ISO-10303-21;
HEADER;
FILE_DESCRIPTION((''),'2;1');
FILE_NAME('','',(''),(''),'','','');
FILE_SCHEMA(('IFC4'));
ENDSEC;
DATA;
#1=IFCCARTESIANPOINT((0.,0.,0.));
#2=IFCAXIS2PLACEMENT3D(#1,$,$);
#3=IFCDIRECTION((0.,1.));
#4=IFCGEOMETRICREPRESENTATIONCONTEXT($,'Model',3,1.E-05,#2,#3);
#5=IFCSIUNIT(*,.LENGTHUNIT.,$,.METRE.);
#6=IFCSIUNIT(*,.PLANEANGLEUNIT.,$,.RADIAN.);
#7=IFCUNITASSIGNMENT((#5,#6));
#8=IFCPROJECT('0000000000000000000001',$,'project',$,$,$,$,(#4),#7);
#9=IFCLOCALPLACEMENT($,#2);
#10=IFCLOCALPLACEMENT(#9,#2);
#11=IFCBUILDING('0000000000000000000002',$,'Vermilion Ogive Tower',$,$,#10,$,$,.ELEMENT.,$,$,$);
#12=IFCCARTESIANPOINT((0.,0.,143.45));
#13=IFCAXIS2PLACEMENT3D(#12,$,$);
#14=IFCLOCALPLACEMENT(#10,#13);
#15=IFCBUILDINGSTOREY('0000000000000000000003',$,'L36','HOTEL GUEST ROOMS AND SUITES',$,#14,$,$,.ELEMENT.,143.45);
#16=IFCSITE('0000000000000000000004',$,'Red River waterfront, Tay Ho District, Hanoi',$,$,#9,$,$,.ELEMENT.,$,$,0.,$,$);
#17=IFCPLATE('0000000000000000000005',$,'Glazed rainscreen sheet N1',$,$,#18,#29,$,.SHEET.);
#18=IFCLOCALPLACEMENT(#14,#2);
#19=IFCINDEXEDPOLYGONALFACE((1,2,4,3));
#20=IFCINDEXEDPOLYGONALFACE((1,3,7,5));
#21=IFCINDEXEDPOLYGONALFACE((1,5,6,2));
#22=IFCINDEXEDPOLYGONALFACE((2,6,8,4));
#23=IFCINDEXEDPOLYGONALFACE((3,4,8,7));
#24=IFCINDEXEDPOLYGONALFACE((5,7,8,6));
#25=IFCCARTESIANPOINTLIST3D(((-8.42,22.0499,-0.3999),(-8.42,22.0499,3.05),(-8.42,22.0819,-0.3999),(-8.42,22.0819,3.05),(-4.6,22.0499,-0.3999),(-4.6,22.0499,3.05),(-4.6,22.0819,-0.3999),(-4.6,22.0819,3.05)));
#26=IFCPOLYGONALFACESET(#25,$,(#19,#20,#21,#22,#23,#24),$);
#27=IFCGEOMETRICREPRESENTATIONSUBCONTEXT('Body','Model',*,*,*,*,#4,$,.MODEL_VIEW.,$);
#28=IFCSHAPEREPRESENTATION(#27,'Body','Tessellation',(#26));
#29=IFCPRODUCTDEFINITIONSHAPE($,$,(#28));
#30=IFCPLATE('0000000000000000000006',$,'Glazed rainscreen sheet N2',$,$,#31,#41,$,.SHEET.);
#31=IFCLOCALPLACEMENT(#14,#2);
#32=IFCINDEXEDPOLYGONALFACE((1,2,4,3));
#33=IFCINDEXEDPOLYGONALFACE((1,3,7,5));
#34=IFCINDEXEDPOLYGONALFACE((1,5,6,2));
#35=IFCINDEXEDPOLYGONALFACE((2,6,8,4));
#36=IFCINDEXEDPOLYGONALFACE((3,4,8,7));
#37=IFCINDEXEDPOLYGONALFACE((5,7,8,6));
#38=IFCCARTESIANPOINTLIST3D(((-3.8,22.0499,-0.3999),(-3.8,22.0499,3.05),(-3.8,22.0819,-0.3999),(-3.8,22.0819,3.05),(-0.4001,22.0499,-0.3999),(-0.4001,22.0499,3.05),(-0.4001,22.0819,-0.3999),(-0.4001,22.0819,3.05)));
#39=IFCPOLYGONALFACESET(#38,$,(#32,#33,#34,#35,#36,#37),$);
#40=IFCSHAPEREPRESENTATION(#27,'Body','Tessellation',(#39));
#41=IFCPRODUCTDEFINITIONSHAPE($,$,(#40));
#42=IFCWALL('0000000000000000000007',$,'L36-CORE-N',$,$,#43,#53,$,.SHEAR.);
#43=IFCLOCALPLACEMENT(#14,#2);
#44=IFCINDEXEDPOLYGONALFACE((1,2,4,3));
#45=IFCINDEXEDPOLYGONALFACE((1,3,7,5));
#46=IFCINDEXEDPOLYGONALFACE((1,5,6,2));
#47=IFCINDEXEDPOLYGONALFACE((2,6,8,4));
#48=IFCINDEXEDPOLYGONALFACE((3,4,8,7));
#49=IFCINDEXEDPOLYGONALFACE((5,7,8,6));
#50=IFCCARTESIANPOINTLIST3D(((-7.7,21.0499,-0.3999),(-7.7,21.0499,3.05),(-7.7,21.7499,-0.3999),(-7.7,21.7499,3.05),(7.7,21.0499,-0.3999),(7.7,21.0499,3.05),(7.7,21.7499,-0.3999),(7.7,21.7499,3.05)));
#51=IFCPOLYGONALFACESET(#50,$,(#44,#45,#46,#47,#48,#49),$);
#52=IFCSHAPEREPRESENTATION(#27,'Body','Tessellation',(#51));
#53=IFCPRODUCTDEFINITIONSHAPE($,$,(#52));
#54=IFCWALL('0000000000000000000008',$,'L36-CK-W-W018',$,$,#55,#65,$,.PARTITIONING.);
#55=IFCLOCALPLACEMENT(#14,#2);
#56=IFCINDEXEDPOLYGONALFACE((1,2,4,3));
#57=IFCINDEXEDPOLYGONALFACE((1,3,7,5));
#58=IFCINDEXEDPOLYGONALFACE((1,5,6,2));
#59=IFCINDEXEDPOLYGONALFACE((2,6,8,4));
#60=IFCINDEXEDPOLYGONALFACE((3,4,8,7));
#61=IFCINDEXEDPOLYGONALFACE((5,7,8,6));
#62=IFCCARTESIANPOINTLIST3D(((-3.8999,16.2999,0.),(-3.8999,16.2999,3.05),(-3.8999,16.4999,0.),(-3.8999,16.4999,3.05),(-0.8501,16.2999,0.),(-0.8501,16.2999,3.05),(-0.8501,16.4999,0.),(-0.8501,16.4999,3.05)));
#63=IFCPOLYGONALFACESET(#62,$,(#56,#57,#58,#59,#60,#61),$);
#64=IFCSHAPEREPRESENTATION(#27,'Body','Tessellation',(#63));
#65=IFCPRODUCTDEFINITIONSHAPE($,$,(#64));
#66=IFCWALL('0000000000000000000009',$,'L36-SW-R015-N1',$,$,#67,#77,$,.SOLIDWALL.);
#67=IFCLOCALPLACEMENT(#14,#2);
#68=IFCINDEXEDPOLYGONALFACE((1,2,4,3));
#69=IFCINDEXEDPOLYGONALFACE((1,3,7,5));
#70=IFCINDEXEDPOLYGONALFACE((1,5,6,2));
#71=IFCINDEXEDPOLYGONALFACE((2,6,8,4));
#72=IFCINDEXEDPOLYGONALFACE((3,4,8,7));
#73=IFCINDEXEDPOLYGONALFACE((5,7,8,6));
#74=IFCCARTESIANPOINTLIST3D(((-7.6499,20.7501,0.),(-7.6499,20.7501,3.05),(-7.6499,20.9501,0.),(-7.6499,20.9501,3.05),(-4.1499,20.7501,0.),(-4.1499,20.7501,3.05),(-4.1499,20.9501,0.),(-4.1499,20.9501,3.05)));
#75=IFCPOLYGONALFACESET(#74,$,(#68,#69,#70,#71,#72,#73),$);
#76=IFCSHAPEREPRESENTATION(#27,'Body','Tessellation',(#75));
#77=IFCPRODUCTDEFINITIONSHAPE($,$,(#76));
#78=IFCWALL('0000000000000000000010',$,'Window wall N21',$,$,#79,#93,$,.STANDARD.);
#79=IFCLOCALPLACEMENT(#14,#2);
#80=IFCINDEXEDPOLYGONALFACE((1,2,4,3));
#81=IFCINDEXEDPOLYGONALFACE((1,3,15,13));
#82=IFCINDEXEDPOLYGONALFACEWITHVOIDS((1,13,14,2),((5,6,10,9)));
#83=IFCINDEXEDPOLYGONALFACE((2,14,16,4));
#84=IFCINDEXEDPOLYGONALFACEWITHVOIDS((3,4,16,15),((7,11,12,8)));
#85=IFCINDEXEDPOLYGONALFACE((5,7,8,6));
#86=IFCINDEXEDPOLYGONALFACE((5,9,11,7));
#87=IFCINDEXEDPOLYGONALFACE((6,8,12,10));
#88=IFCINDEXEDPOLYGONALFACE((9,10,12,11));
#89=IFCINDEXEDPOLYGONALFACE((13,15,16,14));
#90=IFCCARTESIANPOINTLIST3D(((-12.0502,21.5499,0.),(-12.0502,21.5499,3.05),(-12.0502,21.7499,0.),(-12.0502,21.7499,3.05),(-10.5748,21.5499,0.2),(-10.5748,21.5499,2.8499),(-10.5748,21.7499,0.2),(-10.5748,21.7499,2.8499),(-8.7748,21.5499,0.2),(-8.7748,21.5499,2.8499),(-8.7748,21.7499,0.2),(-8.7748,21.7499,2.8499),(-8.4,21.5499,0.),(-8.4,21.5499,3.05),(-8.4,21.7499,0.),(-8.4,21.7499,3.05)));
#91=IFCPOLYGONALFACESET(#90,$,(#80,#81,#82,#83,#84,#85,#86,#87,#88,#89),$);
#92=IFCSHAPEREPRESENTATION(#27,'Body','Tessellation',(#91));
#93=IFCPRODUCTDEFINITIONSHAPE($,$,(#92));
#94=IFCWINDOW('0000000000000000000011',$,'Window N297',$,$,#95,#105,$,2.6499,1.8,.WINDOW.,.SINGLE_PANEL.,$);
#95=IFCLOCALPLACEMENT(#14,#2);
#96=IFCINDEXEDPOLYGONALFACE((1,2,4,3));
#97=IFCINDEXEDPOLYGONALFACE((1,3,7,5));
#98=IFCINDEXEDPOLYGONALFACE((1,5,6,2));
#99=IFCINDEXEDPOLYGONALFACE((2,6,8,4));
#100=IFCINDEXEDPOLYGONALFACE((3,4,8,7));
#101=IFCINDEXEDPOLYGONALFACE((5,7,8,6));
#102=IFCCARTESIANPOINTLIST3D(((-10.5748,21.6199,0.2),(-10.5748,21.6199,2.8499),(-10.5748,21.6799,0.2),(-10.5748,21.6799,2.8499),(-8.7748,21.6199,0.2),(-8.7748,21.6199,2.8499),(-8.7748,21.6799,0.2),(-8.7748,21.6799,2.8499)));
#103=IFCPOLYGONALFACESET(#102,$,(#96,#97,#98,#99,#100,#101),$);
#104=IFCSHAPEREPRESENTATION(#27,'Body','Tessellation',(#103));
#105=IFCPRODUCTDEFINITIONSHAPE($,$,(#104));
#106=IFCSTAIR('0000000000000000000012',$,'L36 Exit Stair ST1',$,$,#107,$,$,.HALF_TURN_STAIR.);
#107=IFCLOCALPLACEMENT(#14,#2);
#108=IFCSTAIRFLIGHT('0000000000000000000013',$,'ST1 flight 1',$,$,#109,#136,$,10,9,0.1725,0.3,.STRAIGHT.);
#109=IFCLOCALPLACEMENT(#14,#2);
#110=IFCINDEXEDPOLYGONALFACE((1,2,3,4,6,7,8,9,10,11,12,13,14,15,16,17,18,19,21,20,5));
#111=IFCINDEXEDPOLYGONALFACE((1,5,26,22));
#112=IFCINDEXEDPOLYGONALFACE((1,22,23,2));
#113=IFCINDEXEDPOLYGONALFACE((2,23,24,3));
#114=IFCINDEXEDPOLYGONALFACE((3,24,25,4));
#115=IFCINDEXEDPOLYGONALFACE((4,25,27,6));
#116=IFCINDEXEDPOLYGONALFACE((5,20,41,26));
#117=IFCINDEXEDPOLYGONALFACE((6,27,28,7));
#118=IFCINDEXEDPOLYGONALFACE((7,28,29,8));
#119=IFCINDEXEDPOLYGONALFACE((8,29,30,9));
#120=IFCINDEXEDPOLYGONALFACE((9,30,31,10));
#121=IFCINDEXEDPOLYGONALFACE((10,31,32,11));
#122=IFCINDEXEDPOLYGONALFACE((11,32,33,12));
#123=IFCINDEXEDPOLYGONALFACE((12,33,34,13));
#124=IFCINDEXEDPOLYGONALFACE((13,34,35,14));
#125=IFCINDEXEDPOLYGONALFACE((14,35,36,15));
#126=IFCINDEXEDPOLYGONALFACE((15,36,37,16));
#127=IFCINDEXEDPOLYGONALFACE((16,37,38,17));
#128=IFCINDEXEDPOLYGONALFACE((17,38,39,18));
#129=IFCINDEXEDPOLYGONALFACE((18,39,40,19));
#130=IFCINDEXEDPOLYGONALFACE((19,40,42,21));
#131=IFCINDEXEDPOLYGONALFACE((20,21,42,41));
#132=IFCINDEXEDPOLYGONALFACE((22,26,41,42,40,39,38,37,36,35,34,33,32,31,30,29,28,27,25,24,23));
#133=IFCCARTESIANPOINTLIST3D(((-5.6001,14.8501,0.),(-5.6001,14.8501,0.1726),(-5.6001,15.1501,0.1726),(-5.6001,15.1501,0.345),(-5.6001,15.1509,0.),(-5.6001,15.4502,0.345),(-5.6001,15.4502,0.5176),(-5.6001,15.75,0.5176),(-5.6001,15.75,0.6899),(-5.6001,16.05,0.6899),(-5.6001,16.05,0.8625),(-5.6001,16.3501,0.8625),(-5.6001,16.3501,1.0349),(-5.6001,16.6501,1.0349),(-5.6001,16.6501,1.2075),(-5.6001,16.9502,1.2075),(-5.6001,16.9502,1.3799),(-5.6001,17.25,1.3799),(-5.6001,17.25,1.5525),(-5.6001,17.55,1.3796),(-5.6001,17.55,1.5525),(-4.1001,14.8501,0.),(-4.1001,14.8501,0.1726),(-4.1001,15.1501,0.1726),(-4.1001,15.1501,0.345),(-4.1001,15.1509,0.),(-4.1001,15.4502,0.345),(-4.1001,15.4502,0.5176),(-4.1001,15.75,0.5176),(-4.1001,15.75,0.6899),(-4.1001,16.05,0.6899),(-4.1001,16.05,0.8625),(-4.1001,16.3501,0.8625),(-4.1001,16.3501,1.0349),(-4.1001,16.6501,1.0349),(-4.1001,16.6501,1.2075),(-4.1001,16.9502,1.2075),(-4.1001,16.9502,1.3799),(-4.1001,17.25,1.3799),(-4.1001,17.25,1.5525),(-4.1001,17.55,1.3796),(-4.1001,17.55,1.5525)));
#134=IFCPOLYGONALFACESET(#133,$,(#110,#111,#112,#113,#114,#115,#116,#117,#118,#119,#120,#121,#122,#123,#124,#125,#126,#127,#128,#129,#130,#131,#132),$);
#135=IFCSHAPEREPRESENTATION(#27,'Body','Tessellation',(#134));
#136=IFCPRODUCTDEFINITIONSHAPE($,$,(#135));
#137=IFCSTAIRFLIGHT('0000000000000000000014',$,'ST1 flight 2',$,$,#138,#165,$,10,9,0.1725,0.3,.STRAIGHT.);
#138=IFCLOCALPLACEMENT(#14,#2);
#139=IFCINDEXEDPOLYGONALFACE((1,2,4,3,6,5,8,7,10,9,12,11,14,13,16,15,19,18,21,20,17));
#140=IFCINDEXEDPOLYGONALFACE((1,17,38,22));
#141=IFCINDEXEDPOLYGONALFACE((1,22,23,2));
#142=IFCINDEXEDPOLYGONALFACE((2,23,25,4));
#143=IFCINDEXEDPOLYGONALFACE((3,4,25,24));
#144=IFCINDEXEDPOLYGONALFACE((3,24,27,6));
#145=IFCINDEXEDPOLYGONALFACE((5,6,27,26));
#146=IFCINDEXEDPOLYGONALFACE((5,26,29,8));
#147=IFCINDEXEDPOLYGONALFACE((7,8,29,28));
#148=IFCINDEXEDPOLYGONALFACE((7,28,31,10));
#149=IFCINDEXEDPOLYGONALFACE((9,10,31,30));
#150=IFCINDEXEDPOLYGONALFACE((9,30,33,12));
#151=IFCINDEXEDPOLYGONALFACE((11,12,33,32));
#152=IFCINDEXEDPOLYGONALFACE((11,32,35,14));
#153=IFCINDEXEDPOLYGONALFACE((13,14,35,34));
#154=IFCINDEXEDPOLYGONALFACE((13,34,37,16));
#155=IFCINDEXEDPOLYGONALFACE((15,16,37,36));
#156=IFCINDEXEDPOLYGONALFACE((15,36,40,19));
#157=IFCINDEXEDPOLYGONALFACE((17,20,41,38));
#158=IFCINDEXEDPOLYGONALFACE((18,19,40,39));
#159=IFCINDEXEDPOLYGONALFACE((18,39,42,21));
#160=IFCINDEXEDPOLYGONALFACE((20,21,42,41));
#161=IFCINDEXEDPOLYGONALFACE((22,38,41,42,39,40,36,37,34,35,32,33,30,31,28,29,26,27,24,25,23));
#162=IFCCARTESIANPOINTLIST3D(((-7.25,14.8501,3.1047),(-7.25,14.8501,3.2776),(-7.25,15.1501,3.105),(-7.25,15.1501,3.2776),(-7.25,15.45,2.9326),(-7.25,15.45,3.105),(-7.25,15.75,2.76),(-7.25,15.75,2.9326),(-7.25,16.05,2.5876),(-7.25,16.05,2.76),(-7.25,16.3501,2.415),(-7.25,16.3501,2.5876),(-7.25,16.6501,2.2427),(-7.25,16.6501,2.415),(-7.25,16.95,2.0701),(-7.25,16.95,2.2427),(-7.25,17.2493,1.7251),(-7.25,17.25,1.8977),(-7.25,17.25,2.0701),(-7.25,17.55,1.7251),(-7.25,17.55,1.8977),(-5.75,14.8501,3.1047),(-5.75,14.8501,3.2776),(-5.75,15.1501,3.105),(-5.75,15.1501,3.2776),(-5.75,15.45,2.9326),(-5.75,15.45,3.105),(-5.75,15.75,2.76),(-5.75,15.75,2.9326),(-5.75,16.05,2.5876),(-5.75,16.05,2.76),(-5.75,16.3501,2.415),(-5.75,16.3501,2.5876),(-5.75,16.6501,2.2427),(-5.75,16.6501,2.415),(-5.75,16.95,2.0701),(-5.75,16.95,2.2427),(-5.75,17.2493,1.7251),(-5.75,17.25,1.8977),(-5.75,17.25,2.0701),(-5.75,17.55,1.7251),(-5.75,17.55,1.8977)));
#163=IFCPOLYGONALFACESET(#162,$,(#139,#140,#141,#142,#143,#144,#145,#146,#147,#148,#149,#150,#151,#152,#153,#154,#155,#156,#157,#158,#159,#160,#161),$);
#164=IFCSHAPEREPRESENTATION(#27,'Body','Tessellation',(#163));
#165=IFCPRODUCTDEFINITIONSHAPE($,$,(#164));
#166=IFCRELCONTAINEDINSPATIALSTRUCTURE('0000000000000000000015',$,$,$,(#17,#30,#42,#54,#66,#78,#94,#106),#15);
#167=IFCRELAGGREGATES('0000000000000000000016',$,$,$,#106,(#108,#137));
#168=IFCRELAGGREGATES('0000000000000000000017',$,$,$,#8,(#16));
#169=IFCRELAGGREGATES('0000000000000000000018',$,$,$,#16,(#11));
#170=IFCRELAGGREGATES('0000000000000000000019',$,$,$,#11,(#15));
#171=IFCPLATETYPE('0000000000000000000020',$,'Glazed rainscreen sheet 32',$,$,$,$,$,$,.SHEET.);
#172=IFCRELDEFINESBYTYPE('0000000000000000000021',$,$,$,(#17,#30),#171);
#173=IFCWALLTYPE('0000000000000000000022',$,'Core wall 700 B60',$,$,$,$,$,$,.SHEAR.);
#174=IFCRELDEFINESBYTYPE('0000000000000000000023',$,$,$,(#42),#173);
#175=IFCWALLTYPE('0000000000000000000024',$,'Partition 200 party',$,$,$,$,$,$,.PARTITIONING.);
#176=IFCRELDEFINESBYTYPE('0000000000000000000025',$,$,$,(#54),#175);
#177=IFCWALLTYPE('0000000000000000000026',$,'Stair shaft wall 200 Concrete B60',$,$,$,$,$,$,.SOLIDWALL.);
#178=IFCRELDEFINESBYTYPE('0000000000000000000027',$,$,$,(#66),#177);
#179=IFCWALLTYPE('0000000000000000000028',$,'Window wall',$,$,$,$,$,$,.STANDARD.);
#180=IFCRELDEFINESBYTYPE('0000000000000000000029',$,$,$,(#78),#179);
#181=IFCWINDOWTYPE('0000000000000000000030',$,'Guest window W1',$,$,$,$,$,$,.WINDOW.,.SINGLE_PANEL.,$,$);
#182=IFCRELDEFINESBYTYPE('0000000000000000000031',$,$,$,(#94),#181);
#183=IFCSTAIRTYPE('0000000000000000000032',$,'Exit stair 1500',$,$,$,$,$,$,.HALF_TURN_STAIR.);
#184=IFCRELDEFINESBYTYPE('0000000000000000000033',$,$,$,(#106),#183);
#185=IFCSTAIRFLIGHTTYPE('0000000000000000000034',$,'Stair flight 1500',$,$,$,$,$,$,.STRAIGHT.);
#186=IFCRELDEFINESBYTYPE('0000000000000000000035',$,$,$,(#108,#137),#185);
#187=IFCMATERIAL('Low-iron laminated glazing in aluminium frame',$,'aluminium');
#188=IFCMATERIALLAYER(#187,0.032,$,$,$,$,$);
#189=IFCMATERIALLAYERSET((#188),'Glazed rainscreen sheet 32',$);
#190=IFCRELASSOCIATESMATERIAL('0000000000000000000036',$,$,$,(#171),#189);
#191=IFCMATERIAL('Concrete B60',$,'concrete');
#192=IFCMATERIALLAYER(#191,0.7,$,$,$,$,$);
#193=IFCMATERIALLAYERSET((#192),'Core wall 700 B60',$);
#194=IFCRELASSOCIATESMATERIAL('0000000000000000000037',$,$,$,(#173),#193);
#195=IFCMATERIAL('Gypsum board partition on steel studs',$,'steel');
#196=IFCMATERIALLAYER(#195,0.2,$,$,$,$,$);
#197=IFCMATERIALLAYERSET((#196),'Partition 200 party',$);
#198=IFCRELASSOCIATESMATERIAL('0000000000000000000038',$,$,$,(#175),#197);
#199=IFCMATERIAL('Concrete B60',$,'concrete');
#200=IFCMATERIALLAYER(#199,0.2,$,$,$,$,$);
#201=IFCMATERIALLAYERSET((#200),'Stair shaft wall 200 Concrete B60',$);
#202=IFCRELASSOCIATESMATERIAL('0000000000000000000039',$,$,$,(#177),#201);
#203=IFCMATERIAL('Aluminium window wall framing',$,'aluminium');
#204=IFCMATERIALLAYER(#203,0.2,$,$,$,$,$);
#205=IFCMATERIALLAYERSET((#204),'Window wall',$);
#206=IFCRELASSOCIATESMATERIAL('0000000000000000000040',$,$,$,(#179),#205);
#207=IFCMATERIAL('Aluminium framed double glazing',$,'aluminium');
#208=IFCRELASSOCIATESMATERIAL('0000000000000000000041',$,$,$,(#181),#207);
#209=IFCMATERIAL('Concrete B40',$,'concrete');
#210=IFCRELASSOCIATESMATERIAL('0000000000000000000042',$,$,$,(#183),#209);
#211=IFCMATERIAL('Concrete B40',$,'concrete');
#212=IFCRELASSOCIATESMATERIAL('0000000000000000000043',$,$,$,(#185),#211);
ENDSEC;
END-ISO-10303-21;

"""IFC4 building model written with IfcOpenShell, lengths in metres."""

from ifc_helpers import new_model, si_unit, direction, frame, frame_2d, origin, origin_2d, place, context, subcontext, project, spatial, polyline, rectangle, outline, extrude, material, layer, layer_set, type_object, element, fill, aggregate, save


model = new_model("IFC4")

# Units and contexts
model_context = context("Model", 3, precision=1e-05, world=origin(), true_north=direction((0.0, 1.0)))
body_context = subcontext(model_context, "Body", "Model", "MODEL_VIEW")
ifc_project = project(units=[si_unit("LENGTHUNIT", "METRE"), si_unit("PLANEANGLEUNIT", "RADIAN")], contexts=[model_context])

# Site, building, storey
site_placement = place(None, origin())
site = spatial("IfcSite", under=ifc_project, at=site_placement, Name="Red River waterfront, Tay Ho District, Hanoi", CompositionType="ELEMENT", RefElevation=0.0)
building_placement = place(site_placement, origin())
building = spatial("IfcBuilding", under=site, at=building_placement, Name="Vermilion Ogive Tower", CompositionType="ELEMENT")
storey_placement = place(building_placement, frame((0.0, 0.0, 143.45)))
storey = spatial("IfcBuildingStorey", under=building, at=storey_placement, Name="L36", Description="HOTEL GUEST ROOMS AND SUITES", CompositionType="ELEMENT", Elevation=143.45)

# Plates
ifc_material_1 = material(Name="Low-iron laminated glazing in aluminium frame", Category="aluminium")
ifc_layer_1 = layer(ifc_material_1, 0.032)
ifc_layer_set_1 = layer_set([ifc_layer_1], Name="Glazed rainscreen sheet 32")
plate_type = type_object("IfcPlateType", Name="Glazed rainscreen sheet 32", PredefinedType="SHEET", material=ifc_layer_set_1)
plate_1_placement = place(storey_placement, frame((-6.51, 22.0659, -0.3999), z_axis=(0.0, 0.0, 1.0), x_axis=(1.0, 0.0, 0.0)))
element("IfcPlate", 1, at=plate_1_placement, inside=storey, type_object=plate_type, Name="Glazed rainscreen sheet N1", PredefinedType="SHEET", context=body_context, shape_type="SweptSolid", body=[
    extrude(rectangle(XDim=3.8201, YDim=0.032, at=origin_2d()), origin(), (0.0, 0.0, 1.0), 3.45),
])
plate_2_placement = place(storey_placement, frame((-2.1001, 22.0659, -0.3999), z_axis=(0.0, 0.0, 1.0), x_axis=(1.0, 0.0, 0.0)))
element("IfcPlate", 2, at=plate_2_placement, inside=storey, type_object=plate_type, Name="Glazed rainscreen sheet N2", PredefinedType="SHEET", context=body_context, shape_type="SweptSolid", body=[
    extrude(rectangle(XDim=3.3999, YDim=0.032, at=origin_2d()), origin(), (0.0, 0.0, 1.0), 3.45),
])

# Walls
ifc_material_2 = material(Name="Concrete B60", Category="concrete")
ifc_layer_2 = layer(ifc_material_2, 0.7)
ifc_layer_set_2 = layer_set([ifc_layer_2], Name="Core wall 700 B60")
wall_type_1 = type_object("IfcWallType", Name="Core wall 700 B60", PredefinedType="SHEAR", material=ifc_layer_set_2)
wall_1_placement = place(storey_placement, frame((-7.7, 21.3999, -0.3999), z_axis=(0.0, 0.0, 1.0), x_axis=(1.0, 0.0, 0.0)))
element("IfcWall", 3, at=wall_1_placement, inside=storey, type_object=wall_type_1, Name="L36-CORE-N", PredefinedType="SHEAR", context=body_context, shape_type="SweptSolid", body=[
    extrude(rectangle(XDim=15.3999, YDim=0.7, at=frame_2d((7.7, 0.0))), origin(), (0.0, 0.0, 1.0), 3.45),
])
ifc_material_3 = material(Name="Gypsum board partition on steel studs", Category="steel")
ifc_layer_3 = layer(ifc_material_3, 0.2)
ifc_layer_set_3 = layer_set([ifc_layer_3], Name="Partition 200 party")
wall_type_2 = type_object("IfcWallType", Name="Partition 200 party", PredefinedType="PARTITIONING", material=ifc_layer_set_3)
wall_2_placement = place(storey_placement, frame((-3.8999, 16.3999, 0.0), z_axis=(0.0, 0.0, 1.0), x_axis=(1.0, 0.0, 0.0)))
element("IfcWall", 4, at=wall_2_placement, inside=storey, type_object=wall_type_2, Name="L36-CK-W-W018", PredefinedType="PARTITIONING", context=body_context, shape_type="SweptSolid", body=[
    extrude(rectangle(XDim=3.0498, YDim=0.2, at=frame_2d((1.5249, 0.0))), origin(), (0.0, 0.0, 1.0), 3.05),
])
ifc_material_4 = material(Name="Concrete B60", Category="concrete")
ifc_layer_4 = layer(ifc_material_4, 0.2)
ifc_layer_set_4 = layer_set([ifc_layer_4], Name="Stair shaft wall 200 Concrete B60")
wall_type_3 = type_object("IfcWallType", Name="Stair shaft wall 200 Concrete B60", PredefinedType="SOLIDWALL", material=ifc_layer_set_4)
wall_3_placement = place(storey_placement, frame((-7.6499, 20.8501, 0.0), z_axis=(0.0, 0.0, 1.0), x_axis=(1.0, 0.0, 0.0)))
element("IfcWall", 5, at=wall_3_placement, inside=storey, type_object=wall_type_3, Name="L36-SW-R015-N1", PredefinedType="SOLIDWALL", context=body_context, shape_type="SweptSolid", body=[
    extrude(rectangle(XDim=3.5, YDim=0.2, at=frame_2d((1.75, 0.0))), origin(), (0.0, 0.0, 1.0), 3.05),
])

# Wall, opening, window
ifc_material_5 = material(Name="Aluminium window wall framing", Category="aluminium")
ifc_layer_5 = layer(ifc_material_5, 0.2)
ifc_layer_set_5 = layer_set([ifc_layer_5], Name="Window wall")
wall_type_4 = type_object("IfcWallType", Name="Window wall", PredefinedType="STANDARD", material=ifc_layer_set_5)
wall_4_placement = place(storey_placement, frame((-8.3999, 21.6499, 0.0), z_axis=(0.0, 0.0, 1.0), x_axis=(-1.0, 0.0, 0.0)))
wall_4 = element("IfcWall", 6, at=wall_4_placement, inside=storey, type_object=wall_type_4, Name="Window wall N21", PredefinedType="STANDARD", context=body_context, shape_type="SweptSolid", body=[
    extrude(rectangle(XDim=3.6501, YDim=0.2, at=frame_2d((1.8252, 0.0))), origin(), (0.0, 0.0, 1.0), 3.05),
])
opening_placement = place(wall_4_placement, frame((0.375, 0.0, 0.2)))
opening = element("IfcOpeningElement", 7, at=opening_placement, cuts=wall_4, PredefinedType="OPENING", context=body_context, shape_type="SweptSolid", body=[
    extrude(rectangle(XDim=1.8, YDim=2.6499, at=frame_2d((0.8999, 1.325))), frame((0.0, 0.1099, 0.0), z_axis=(0.0, -1.0, 0.0), x_axis=(1.0, 0.0, 0.0)), (0.0, 0.0, 1.0), 0.22),
])
ifc_material_6 = material(Name="Aluminium framed double glazing", Category="aluminium")
window_type = type_object("IfcWindowType", Name="Guest window W1", PartitioningType="SINGLE_PANEL", PredefinedType="WINDOW", material=ifc_material_6)
window_placement = place(opening_placement, origin())
window = element("IfcWindow", 8, at=window_placement, inside=storey, type_object=window_type, Name="Window N297", OverallHeight=2.6499, OverallWidth=1.8, PartitioningType="SINGLE_PANEL", PredefinedType="WINDOW", context=body_context, shape_type="SweptSolid", body=[
    extrude(rectangle(XDim=1.8, YDim=2.6499, at=frame_2d((0.8999, 1.325))), frame((0.0, 0.03, 0.0), z_axis=(0.0, -1.0, 0.0), x_axis=(1.0, 0.0, 0.0)), (0.0, 0.0, 1.0), 0.0601),
])
fill(opening, window)

# Stair, stair flights
ifc_material_7 = material(Name="Concrete B40", Category="concrete")
stair_type = type_object("IfcStairType", Name="Exit stair 1500", PredefinedType="HALF_TURN_STAIR", material=ifc_material_7)
stair_placement = place(storey_placement, origin())
stair = element("IfcStair", 9, at=stair_placement, inside=storey, type_object=stair_type, Name="L36 Exit Stair ST1", PredefinedType="HALF_TURN_STAIR")
ifc_material_8 = material(Name="Concrete B40", Category="concrete")
stair_flight_type = type_object("IfcStairFlightType", Name="Stair flight 1500", PredefinedType="STRAIGHT", material=ifc_material_8)
stair_flight_1_placement = place(storey_placement, frame((-4.8501, 14.8501, 0.0), z_axis=(0.0, 0.0, 1.0), x_axis=(0.0, 1.0, 0.0)))
stair_flight_1 = element("IfcStairFlight", 10, at=stair_flight_1_placement, type_object=stair_flight_type, Name="ST1 flight 1", NumberOfRisers=10, NumberOfTreads=9, PredefinedType="STRAIGHT", RiserHeight=0.1725, TreadLength=0.3, context=body_context, shape_type="SweptSolid", body=[
    extrude(outline(polyline([(0.0, 0.0), (0.0, 0.1726), (0.3, 0.1726), (0.3, 0.345), (0.6001, 0.345), (0.6001, 0.5176), (0.8999, 0.5176), (0.8999, 0.6899), (1.2, 0.6899), (1.2, 0.8625), (1.5, 0.8625), (1.5, 1.0349), (1.8, 1.0349), (1.8, 1.2075), (2.1001, 1.2075), (2.1001, 1.3799), (2.3999, 1.3799), (2.3999, 1.5525), (2.7, 1.5525), (2.7, 1.7251), (2.7, 1.3796), (0.3008, 0.0), (0.0, 0.0)])), frame((0.0, 0.75, 0.0), z_axis=(0.0, -1.0, 0.0), x_axis=(1.0, 0.0, 0.0)), (0.0, 0.0, 1.0), 1.5),
])
stair_flight_2_placement = place(storey_placement, frame((-6.5, 17.55, 1.7251), z_axis=(0.0, 0.0, 1.0), x_axis=(0.0, -1.0, 0.0)))
stair_flight_2 = element("IfcStairFlight", 11, at=stair_flight_2_placement, type_object=stair_flight_type, Name="ST1 flight 2", NumberOfRisers=10, NumberOfTreads=9, PredefinedType="STRAIGHT", RiserHeight=0.1725, TreadLength=0.3, context=body_context, shape_type="SweptSolid", body=[
    extrude(outline(polyline([(0.0, 0.0), (0.0, 0.1726), (0.3, 0.1726), (0.3, 0.345), (0.6001, 0.345), (0.6001, 0.5176), (0.8999, 0.5176), (0.8999, 0.6899), (1.2, 0.6899), (1.2, 0.8625), (1.5, 0.8625), (1.5, 1.0349), (1.8, 1.0349), (1.8, 1.2075), (2.1001, 1.2075), (2.1001, 1.3799), (2.3999, 1.3799), (2.3999, 1.5525), (2.7, 1.5525), (2.7, 1.7251), (2.7, 1.3796), (0.3008, 0.0), (0.0, 0.0)])), frame((0.0, 0.75, 0.0), z_axis=(0.0, -1.0, 0.0), x_axis=(1.0, 0.0, 0.0)), (0.0, 0.0, 1.0), 1.5),
])
aggregate(stair, [stair_flight_1, stair_flight_2])

save(model, "model.ifc")
